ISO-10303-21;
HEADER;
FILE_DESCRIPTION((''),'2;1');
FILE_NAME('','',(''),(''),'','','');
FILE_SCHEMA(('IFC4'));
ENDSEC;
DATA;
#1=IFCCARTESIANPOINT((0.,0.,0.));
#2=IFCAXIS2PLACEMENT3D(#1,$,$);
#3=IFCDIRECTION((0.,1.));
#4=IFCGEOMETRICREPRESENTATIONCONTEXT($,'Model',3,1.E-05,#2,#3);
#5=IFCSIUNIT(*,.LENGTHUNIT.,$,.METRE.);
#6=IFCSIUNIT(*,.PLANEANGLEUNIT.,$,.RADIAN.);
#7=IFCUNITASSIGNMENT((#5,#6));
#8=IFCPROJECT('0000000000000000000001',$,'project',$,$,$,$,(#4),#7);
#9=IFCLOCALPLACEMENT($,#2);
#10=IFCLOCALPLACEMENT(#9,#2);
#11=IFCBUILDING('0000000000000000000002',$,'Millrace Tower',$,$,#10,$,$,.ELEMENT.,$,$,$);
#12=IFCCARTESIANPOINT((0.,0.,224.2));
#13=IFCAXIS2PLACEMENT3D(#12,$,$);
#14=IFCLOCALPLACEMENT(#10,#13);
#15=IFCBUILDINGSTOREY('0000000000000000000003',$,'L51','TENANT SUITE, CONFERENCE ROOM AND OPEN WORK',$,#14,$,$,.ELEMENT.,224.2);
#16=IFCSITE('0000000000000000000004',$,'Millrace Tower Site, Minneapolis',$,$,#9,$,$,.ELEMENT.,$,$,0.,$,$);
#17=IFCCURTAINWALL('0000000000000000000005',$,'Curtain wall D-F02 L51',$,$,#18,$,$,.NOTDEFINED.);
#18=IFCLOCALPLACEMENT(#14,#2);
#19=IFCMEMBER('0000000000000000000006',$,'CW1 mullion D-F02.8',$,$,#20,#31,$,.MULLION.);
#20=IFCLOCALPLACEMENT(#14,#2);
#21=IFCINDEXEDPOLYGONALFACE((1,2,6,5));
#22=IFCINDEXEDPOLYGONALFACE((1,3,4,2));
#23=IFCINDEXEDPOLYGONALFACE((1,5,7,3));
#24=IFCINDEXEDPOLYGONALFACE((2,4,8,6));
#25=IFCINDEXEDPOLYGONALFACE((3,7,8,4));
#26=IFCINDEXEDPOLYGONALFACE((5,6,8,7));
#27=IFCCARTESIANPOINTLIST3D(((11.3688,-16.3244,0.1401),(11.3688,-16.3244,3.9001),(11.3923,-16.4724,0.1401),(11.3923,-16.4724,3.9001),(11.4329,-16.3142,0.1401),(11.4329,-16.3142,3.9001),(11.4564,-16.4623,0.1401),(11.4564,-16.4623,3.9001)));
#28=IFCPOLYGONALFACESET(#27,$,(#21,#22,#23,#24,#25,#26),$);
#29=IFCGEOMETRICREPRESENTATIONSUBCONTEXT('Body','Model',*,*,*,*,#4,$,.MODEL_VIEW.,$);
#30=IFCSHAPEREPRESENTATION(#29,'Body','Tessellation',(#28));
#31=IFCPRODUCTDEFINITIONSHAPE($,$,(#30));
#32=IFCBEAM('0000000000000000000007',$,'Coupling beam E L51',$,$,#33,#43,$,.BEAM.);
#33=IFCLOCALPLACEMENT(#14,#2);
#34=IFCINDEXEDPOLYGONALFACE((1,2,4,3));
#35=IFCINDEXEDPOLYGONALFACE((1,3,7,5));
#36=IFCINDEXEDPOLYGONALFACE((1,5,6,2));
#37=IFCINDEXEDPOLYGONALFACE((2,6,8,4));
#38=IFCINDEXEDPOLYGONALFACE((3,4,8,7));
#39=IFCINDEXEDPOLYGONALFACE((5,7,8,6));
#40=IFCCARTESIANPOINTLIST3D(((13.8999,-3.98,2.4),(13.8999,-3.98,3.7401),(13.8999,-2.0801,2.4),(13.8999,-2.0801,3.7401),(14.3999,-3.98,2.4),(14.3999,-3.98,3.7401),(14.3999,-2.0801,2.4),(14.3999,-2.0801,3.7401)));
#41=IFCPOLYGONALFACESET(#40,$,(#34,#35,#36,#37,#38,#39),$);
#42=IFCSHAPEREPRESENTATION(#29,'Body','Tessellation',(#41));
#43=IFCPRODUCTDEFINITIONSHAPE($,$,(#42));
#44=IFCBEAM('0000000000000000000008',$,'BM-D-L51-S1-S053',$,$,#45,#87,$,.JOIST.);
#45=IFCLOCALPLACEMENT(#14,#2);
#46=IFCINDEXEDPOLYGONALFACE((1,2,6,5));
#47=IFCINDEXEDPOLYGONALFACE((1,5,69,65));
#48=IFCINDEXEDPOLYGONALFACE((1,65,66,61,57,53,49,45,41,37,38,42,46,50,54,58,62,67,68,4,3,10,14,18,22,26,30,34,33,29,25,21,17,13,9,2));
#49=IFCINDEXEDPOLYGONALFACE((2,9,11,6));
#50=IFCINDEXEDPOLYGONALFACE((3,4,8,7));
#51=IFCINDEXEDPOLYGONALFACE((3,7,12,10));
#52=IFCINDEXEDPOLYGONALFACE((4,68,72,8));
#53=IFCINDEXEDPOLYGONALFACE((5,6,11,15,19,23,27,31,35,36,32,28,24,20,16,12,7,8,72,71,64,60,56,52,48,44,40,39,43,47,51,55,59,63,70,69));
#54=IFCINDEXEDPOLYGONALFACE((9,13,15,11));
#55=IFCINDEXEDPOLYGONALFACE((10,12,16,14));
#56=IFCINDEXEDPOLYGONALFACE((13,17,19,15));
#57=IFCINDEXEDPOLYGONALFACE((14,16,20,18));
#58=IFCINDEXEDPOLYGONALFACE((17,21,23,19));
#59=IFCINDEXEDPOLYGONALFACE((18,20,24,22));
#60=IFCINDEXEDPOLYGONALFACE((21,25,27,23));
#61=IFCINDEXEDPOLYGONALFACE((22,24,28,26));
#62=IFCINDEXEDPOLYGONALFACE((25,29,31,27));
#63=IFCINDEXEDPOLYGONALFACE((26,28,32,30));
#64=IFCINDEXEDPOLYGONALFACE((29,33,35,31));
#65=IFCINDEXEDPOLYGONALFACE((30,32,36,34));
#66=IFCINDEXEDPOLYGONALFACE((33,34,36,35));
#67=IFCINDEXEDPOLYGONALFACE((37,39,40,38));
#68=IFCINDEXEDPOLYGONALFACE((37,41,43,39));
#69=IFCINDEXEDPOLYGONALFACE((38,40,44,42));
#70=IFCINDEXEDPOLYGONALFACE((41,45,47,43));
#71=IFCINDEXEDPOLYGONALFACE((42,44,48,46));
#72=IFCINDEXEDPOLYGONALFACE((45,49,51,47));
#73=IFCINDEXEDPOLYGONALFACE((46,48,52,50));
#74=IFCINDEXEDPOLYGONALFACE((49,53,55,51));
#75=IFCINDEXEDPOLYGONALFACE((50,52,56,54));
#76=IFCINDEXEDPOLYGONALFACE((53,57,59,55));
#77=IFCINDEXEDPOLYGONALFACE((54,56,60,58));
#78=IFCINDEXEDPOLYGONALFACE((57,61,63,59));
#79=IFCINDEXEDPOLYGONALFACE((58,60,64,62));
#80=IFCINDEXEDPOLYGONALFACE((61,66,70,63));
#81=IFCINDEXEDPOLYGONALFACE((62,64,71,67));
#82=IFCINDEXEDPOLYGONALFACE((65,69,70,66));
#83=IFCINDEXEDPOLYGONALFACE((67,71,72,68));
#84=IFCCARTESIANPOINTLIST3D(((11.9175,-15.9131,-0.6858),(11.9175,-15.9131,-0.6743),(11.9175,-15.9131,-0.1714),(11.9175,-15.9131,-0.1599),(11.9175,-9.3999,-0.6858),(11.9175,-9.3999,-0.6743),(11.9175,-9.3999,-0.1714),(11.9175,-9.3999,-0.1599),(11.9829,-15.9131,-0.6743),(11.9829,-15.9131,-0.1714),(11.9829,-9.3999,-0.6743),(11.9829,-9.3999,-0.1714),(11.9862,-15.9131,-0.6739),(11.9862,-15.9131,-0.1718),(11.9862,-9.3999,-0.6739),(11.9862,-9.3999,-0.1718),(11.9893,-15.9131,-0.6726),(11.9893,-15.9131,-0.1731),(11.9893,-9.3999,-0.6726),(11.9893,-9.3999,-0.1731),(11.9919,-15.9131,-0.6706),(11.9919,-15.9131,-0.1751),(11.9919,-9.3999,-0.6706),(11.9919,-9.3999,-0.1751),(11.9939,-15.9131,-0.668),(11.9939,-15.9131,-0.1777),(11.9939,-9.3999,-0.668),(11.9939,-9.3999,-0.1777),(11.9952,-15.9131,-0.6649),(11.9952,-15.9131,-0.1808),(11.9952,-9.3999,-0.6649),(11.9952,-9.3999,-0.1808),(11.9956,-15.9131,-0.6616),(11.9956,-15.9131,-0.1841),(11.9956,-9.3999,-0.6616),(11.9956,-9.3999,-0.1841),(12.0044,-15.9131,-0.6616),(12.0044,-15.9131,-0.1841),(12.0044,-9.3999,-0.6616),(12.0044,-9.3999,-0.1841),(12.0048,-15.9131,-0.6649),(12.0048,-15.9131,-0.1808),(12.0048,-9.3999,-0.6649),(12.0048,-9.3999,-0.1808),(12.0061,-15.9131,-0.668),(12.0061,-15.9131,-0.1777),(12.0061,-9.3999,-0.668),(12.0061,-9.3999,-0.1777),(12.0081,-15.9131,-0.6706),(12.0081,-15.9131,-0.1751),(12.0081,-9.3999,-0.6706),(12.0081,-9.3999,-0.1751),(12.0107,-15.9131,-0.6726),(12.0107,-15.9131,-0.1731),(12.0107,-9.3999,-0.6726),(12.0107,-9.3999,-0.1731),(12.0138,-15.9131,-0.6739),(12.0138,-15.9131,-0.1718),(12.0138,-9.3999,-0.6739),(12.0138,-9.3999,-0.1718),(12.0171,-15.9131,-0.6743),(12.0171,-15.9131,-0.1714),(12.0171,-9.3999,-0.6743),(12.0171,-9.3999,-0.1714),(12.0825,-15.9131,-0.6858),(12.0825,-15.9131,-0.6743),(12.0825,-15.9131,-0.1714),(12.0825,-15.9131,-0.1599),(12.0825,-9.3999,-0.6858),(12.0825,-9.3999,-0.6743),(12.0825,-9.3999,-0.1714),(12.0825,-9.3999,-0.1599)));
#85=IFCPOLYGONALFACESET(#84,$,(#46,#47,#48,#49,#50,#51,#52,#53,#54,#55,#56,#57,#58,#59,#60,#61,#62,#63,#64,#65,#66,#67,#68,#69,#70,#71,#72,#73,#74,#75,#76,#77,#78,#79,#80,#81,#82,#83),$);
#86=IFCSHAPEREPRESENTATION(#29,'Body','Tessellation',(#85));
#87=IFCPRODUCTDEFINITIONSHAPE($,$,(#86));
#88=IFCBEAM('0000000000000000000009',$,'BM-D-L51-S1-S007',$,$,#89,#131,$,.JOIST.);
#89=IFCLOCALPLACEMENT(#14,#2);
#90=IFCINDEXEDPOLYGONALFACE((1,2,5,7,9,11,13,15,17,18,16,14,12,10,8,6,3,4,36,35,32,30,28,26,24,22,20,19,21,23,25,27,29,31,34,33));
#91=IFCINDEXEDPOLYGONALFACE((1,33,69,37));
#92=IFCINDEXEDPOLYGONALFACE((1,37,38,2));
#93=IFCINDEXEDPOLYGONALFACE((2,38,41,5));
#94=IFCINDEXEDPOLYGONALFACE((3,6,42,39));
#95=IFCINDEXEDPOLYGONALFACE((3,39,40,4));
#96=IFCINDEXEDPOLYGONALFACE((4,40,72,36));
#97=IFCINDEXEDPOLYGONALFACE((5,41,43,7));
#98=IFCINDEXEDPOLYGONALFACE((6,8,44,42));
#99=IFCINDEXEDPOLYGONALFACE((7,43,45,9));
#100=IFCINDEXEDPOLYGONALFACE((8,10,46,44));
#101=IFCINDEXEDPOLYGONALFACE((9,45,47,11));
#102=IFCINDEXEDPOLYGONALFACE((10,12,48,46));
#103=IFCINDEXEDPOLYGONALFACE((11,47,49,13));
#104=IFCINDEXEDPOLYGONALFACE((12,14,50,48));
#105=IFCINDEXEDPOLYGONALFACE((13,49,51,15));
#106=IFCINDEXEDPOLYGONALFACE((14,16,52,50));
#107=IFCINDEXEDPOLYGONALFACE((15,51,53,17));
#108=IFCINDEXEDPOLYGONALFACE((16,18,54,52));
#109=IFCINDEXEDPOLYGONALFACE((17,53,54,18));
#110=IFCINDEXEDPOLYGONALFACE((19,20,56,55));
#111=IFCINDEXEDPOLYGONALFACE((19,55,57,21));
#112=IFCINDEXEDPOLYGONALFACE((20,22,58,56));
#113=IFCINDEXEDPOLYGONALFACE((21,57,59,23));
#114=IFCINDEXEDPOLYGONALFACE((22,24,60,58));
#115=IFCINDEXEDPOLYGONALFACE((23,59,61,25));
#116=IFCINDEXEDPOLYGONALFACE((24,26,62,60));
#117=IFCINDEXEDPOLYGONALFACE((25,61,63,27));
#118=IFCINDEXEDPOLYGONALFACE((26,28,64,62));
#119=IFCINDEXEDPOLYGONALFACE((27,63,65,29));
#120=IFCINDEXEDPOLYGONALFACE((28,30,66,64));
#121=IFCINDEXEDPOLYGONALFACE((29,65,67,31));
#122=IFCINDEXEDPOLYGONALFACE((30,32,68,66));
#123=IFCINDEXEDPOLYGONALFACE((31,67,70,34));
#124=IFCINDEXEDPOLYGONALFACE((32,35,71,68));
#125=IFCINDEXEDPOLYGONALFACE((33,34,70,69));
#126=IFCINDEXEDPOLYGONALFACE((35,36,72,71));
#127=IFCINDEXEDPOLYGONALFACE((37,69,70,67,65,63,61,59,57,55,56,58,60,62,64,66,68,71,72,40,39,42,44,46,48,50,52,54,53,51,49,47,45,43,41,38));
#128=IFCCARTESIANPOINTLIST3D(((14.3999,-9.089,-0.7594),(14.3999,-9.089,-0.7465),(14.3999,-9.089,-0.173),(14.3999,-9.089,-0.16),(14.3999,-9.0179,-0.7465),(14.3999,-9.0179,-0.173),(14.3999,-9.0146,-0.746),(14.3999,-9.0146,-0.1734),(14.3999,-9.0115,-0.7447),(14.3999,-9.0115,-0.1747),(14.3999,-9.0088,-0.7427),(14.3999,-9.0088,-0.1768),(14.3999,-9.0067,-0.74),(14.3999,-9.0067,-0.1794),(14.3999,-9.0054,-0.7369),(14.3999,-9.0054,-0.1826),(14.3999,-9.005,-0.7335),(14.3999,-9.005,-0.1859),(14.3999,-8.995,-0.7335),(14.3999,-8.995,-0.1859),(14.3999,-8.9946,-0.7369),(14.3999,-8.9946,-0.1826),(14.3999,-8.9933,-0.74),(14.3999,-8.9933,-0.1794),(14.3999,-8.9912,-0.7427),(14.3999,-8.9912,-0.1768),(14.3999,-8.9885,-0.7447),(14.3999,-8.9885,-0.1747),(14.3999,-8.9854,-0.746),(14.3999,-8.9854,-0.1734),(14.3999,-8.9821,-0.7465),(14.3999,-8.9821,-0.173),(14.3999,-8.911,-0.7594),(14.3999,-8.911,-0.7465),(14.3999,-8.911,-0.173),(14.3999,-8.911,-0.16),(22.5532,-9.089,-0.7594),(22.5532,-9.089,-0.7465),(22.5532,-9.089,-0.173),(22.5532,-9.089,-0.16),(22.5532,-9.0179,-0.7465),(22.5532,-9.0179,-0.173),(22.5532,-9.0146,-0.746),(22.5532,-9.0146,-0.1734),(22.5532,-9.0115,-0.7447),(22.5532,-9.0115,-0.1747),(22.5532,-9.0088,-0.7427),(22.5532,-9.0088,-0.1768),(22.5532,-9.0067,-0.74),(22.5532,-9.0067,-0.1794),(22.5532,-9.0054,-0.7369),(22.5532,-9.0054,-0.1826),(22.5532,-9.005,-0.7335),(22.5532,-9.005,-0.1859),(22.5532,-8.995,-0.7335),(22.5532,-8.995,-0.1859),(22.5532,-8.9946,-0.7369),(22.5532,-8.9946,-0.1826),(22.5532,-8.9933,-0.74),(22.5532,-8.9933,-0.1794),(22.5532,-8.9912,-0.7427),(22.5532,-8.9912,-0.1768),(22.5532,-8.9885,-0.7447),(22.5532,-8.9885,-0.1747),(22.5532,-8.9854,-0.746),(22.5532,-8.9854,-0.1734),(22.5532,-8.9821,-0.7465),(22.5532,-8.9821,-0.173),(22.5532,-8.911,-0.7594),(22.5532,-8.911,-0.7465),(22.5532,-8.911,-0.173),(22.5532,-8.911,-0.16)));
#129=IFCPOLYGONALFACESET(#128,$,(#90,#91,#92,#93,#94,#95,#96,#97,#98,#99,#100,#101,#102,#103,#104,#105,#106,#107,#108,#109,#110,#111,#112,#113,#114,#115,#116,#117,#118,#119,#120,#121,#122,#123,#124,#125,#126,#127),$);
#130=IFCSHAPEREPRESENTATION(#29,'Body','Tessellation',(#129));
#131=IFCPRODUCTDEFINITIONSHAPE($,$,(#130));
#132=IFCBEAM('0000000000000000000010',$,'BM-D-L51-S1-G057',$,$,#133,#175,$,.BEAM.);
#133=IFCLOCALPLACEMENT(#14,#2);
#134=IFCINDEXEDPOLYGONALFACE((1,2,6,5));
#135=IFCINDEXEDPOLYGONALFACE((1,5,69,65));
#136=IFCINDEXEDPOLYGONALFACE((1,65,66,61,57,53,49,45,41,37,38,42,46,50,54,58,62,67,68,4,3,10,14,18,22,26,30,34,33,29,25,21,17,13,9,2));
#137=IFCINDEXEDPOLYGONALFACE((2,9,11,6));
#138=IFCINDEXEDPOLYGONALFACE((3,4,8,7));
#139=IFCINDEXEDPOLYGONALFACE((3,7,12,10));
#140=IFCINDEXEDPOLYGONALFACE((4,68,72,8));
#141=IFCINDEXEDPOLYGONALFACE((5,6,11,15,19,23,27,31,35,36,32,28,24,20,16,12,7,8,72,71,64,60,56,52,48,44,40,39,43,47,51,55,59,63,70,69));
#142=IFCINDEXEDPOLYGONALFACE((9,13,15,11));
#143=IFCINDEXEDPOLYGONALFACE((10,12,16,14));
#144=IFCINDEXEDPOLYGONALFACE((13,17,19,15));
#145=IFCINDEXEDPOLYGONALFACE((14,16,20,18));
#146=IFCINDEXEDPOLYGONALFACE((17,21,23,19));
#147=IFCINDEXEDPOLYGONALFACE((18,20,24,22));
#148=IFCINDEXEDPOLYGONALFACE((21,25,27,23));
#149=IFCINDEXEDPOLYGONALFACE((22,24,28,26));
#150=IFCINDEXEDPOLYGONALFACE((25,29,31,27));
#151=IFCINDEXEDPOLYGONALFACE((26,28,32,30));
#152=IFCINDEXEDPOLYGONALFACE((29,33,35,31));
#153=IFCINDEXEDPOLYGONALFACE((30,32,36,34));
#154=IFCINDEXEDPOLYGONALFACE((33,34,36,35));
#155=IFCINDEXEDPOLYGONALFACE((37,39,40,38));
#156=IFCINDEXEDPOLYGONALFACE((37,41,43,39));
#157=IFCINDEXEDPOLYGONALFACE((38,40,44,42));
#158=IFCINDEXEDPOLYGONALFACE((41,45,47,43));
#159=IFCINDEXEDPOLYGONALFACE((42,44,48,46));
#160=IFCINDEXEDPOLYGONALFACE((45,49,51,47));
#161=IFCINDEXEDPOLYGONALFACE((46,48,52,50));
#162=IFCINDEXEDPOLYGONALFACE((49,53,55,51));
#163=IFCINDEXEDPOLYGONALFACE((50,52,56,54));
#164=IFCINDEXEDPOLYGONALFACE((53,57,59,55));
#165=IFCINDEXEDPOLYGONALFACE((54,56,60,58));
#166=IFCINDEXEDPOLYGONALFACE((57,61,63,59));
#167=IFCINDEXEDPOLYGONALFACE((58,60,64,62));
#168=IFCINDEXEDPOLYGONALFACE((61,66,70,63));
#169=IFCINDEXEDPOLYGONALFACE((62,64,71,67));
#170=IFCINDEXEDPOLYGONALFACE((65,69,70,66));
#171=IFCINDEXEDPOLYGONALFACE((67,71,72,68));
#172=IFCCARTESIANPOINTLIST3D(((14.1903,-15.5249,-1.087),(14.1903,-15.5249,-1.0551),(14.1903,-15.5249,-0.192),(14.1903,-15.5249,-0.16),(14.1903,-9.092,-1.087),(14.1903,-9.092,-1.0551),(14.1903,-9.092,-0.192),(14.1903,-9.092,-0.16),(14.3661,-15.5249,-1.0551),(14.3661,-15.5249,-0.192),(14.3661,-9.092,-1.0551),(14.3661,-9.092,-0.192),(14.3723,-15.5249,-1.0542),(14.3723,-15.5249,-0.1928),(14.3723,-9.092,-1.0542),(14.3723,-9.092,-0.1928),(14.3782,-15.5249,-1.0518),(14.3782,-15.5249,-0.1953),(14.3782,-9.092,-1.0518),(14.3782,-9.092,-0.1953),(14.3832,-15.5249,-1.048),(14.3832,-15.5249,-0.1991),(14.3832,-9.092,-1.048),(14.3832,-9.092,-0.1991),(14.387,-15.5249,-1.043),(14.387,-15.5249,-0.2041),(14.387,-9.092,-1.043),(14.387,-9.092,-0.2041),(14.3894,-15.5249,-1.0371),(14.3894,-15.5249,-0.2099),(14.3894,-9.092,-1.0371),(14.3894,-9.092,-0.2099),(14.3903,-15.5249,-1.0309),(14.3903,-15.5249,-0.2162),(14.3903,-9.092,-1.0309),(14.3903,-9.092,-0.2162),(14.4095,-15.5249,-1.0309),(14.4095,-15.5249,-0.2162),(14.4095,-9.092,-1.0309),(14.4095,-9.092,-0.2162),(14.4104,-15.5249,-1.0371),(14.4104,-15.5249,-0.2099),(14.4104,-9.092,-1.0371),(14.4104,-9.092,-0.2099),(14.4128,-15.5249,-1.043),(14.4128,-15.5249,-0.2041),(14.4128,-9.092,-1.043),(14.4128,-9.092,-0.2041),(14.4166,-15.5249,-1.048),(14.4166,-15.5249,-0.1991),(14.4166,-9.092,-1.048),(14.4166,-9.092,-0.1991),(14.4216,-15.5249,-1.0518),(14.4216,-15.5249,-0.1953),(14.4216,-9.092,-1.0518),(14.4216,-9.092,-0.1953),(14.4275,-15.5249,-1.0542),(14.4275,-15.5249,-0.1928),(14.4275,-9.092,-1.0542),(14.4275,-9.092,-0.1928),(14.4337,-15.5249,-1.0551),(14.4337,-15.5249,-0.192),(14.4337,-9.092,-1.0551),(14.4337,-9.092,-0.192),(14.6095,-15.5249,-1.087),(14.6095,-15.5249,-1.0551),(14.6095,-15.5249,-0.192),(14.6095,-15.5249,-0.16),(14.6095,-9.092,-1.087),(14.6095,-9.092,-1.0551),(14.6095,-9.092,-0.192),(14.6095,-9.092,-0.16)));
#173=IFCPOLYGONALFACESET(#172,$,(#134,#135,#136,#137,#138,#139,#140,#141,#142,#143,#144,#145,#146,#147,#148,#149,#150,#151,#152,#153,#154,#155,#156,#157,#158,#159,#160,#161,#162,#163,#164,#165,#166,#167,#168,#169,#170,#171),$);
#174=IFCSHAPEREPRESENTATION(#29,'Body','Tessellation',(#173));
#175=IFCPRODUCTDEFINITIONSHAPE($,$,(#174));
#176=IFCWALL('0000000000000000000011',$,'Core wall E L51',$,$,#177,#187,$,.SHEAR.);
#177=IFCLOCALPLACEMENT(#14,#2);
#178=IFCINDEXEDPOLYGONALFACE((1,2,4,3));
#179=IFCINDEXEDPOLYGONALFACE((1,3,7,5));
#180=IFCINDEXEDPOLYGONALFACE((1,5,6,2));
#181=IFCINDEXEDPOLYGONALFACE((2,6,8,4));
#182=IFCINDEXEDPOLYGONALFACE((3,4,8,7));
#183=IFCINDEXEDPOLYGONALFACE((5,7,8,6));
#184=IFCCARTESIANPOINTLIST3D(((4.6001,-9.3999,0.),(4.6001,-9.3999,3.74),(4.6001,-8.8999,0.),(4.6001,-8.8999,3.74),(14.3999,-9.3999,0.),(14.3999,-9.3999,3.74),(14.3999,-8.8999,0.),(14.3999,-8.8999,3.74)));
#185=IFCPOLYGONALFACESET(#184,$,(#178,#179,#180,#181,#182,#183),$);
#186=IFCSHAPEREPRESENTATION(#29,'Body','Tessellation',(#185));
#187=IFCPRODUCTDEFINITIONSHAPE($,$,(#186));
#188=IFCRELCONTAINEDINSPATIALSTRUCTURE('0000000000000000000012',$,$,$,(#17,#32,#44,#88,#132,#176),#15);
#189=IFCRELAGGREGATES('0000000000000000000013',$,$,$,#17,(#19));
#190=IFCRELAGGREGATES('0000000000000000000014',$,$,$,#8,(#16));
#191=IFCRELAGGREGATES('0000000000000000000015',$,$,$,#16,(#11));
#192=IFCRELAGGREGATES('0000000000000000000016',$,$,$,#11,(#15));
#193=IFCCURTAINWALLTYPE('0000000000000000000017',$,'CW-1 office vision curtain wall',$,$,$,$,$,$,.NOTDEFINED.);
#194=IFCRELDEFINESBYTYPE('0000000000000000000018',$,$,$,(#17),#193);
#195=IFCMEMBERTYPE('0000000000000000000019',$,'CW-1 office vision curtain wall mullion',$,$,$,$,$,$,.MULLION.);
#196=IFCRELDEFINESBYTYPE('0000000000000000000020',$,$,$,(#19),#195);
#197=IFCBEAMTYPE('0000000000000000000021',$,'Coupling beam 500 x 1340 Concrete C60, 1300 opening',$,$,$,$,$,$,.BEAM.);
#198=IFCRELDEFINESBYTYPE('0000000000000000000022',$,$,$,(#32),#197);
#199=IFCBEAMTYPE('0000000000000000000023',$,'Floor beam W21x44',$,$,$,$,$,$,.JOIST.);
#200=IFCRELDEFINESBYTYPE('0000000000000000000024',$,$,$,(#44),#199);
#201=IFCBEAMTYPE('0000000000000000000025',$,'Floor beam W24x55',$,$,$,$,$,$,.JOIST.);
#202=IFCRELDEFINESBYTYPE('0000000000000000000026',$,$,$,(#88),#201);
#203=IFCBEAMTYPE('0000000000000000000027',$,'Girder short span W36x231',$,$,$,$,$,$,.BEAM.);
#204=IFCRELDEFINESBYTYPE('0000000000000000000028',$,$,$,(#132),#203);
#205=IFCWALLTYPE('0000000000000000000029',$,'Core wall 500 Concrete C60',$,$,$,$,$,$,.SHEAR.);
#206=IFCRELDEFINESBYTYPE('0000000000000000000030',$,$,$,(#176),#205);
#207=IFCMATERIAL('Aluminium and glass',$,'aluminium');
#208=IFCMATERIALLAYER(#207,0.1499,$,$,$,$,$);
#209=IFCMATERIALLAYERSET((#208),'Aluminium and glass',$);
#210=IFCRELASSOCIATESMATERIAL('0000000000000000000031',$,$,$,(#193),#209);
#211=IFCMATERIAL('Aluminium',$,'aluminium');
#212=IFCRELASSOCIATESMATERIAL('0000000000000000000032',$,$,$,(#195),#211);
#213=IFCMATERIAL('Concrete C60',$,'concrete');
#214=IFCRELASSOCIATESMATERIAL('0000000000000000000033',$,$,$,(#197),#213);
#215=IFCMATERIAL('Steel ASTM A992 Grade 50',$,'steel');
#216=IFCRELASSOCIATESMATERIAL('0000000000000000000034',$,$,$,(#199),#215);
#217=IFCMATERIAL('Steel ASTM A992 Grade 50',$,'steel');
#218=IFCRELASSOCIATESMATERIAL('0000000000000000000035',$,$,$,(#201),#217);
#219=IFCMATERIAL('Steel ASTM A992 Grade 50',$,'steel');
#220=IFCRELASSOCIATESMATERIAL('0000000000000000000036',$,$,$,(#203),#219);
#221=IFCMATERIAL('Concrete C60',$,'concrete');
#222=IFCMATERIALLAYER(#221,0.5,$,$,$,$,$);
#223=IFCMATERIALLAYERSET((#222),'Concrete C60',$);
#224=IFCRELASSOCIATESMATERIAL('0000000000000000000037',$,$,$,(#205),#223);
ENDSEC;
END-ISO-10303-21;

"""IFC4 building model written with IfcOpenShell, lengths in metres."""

from ifc_helpers import new_model, si_unit, direction, frame, frame_2d, origin, origin_2d, place, context, subcontext, project, spatial, rectangle, i_section, extrude, material, layer, layer_set, material_profile, profile_set, type_object, element, aggregate, save


model = new_model("IFC4")

# Units and contexts
model_context = context("Model", 3, precision=1e-05, world=origin(), true_north=direction((0.0, 1.0)))
body_context = subcontext(model_context, "Body", "Model", "MODEL_VIEW")
ifc_project = project(units=[si_unit("LENGTHUNIT", "METRE"), si_unit("PLANEANGLEUNIT", "RADIAN")], contexts=[model_context])

# Site, building, storey
site_placement = place(None, origin())
site = spatial("IfcSite", under=ifc_project, at=site_placement, Name="Millrace Tower Site, Minneapolis", CompositionType="ELEMENT", RefElevation=0.0)
building_placement = place(site_placement, origin())
building = spatial("IfcBuilding", under=site, at=building_placement, Name="Millrace Tower", CompositionType="ELEMENT")
storey_placement = place(building_placement, frame((0.0, 0.0, 224.2)))
storey = spatial("IfcBuildingStorey", under=building, at=storey_placement, Name="L51", Description="TENANT SUITE, CONFERENCE ROOM AND OPEN WORK", CompositionType="ELEMENT", Elevation=224.2)

# Curtain wall, member
ifc_material_1 = material(Name="Aluminium and glass", Category="aluminium")
ifc_layer_1 = layer(ifc_material_1, 0.1499)
ifc_layer_set_1 = layer_set([ifc_layer_1], Name="Aluminium and glass")
curtain_wall_type = type_object("IfcCurtainWallType", Name="CW-1 office vision curtain wall", PredefinedType="NOTDEFINED", material=ifc_layer_set_1)
placement = place(storey_placement, origin())
curtain_wall = element("IfcCurtainWall", 1, at=placement, inside=storey, type_object=curtain_wall_type, Name="Curtain wall D-F02 L51", PredefinedType="NOTDEFINED")
ifc_material_2 = material(Name="Aluminium", Category="aluminium")
ifc_material_profile_1 = material_profile(ifc_material_2, rectangle(XDim=0.0649, YDim=0.1499, at=origin_2d()))
ifc_profile_set_1 = profile_set([ifc_material_profile_1], Name="Aluminium")
member_type = type_object("IfcMemberType", Name="CW-1 office vision curtain wall mullion", PredefinedType="MULLION", material=ifc_profile_set_1)
member_placement = place(storey_placement, frame((11.4126, -16.3933, 0.1401), z_axis=(0.0, 0.0, 1.0), x_axis=(0.987688, 0.156434, 0.0)))
member = element("IfcMember", 2, at=member_placement, type_object=member_type, Name="CW1 mullion D-F02.8", PredefinedType="MULLION", context=body_context, shape_type="SweptSolid", body=[
    extrude(rectangle(XDim=0.0649, YDim=0.1499, at=origin_2d()), origin(), (0.0, 0.0, 1.0), 3.76),
])
aggregate(curtain_wall, [member])

# Beams
ifc_material_3 = material(Name="Concrete C60", Category="concrete")
ifc_material_profile_2 = material_profile(ifc_material_3, rectangle(XDim=0.5, YDim=1.3401, at=origin_2d()))
ifc_profile_set_2 = profile_set([ifc_material_profile_2], Name="Concrete C60")
beam_type_1 = type_object("IfcBeamType", Name="Coupling beam 500 x 1340 Concrete C60, 1300 opening", PredefinedType="BEAM", material=ifc_profile_set_2)
beam_1_placement = place(storey_placement, frame((14.1499, -2.0801, 3.0701), z_axis=(0.0, -1.0, 0.0), x_axis=(1.0, 0.0, 0.0)))
element("IfcBeam", 3, at=beam_1_placement, inside=storey, type_object=beam_type_1, Name="Coupling beam E L51", PredefinedType="BEAM", context=body_context, shape_type="SweptSolid", body=[
    extrude(rectangle(XDim=0.5, YDim=1.3401, at=origin_2d()), origin(), (0.0, 0.0, 1.0), 1.8999),
])
ifc_material_4 = material(Name="Steel ASTM A992 Grade 50", Category="steel")
ifc_material_profile_3 = material_profile(ifc_material_4, i_section(OverallWidth=0.165, OverallDepth=0.5259, WebThickness=0.0088, FlangeThickness=0.0115, FilletRadius=0.0127, at=origin_2d()))
ifc_profile_set_3 = profile_set([ifc_material_profile_3], Name="Steel ASTM A992 Grade 50")
beam_type_2 = type_object("IfcBeamType", Name="Floor beam W21x44", PredefinedType="JOIST", material=ifc_profile_set_3)
beam_2_placement = place(storey_placement, frame((12.0, -15.9131, -0.4229), z_axis=(0.0, 1.0, 0.0), x_axis=(-1.0, 0.0, 0.0)))
element("IfcBeam", 4, at=beam_2_placement, inside=storey, type_object=beam_type_2, Name="BM-D-L51-S1-S053", PredefinedType="JOIST", context=body_context, shape_type="SweptSolid", body=[
    extrude(i_section(OverallWidth=0.165, OverallDepth=0.5259, WebThickness=0.0088, FlangeThickness=0.0115, FilletRadius=0.0127, at=origin_2d()), origin(), (0.0, 0.0, 1.0), 6.5132),
])
ifc_material_5 = material(Name="Steel ASTM A992 Grade 50", Category="steel")
ifc_material_profile_4 = material_profile(ifc_material_5, i_section(OverallWidth=0.178, OverallDepth=0.5994, WebThickness=0.01, FlangeThickness=0.0129, FilletRadius=0.0129, at=origin_2d()))
ifc_profile_set_4 = profile_set([ifc_material_profile_4], Name="Steel ASTM A992 Grade 50")
beam_type_3 = type_object("IfcBeamType", Name="Floor beam W24x55", PredefinedType="JOIST", material=ifc_profile_set_4)
beam_3_placement = place(storey_placement, frame((14.3999, -9.0, -0.4597), z_axis=(1.0, 0.0, 0.0), x_axis=(0.0, 1.0, 0.0)))
element("IfcBeam", 5, at=beam_3_placement, inside=storey, type_object=beam_type_3, Name="BM-D-L51-S1-S007", PredefinedType="JOIST", context=body_context, shape_type="SweptSolid", body=[
    extrude(i_section(OverallWidth=0.178, OverallDepth=0.5994, WebThickness=0.01, FlangeThickness=0.0129, FilletRadius=0.0129, at=origin_2d()), origin(), (0.0, 0.0, 1.0), 8.1533),
])
ifc_material_6 = material(Name="Steel ASTM A992 Grade 50", Category="steel")
ifc_material_profile_5 = material_profile(ifc_material_6, i_section(OverallWidth=0.4192, OverallDepth=0.927, WebThickness=0.0193, FlangeThickness=0.032, FilletRadius=0.0242, at=origin_2d()))
ifc_profile_set_5 = profile_set([ifc_material_profile_5], Name="Steel ASTM A992 Grade 50")
beam_type_4 = type_object("IfcBeamType", Name="Girder short span W36x231", PredefinedType="BEAM", material=ifc_profile_set_5)
beam_4_placement = place(storey_placement, frame((14.3999, -15.5249, -0.6235), z_axis=(0.0, 1.0, 0.0), x_axis=(-1.0, 0.0, 0.0)))
element("IfcBeam", 6, at=beam_4_placement, inside=storey, type_object=beam_type_4, Name="BM-D-L51-S1-G057", PredefinedType="BEAM", context=body_context, shape_type="SweptSolid", body=[
    extrude(i_section(OverallWidth=0.4192, OverallDepth=0.927, WebThickness=0.0193, FlangeThickness=0.032, FilletRadius=0.0242, at=origin_2d()), origin(), (0.0, 0.0, 1.0), 6.4329),
])

# Wall
ifc_material_7 = material(Name="Concrete C60", Category="concrete")
ifc_layer_2 = layer(ifc_material_7, 0.5)
ifc_layer_set_2 = layer_set([ifc_layer_2], Name="Concrete C60")
wall_type_1 = type_object("IfcWallType", Name="Core wall 500 Concrete C60", PredefinedType="SHEAR", material=ifc_layer_set_2)
wall_1_placement = place(storey_placement, frame((14.3999, -9.1499, 0.0), z_axis=(0.0, 0.0, 1.0), x_axis=(-1.0, 0.0, 0.0)))
element("IfcWall", 7, at=wall_1_placement, inside=storey, type_object=wall_type_1, Name="Core wall E L51", PredefinedType="SHEAR", context=body_context, shape_type="SweptSolid", body=[
    extrude(rectangle(XDim=9.7998, YDim=0.5, at=frame_2d((4.8999, 0.0))), origin(), (0.0, 0.0, 1.0), 3.74),
])

save(model, "model.ifc")
